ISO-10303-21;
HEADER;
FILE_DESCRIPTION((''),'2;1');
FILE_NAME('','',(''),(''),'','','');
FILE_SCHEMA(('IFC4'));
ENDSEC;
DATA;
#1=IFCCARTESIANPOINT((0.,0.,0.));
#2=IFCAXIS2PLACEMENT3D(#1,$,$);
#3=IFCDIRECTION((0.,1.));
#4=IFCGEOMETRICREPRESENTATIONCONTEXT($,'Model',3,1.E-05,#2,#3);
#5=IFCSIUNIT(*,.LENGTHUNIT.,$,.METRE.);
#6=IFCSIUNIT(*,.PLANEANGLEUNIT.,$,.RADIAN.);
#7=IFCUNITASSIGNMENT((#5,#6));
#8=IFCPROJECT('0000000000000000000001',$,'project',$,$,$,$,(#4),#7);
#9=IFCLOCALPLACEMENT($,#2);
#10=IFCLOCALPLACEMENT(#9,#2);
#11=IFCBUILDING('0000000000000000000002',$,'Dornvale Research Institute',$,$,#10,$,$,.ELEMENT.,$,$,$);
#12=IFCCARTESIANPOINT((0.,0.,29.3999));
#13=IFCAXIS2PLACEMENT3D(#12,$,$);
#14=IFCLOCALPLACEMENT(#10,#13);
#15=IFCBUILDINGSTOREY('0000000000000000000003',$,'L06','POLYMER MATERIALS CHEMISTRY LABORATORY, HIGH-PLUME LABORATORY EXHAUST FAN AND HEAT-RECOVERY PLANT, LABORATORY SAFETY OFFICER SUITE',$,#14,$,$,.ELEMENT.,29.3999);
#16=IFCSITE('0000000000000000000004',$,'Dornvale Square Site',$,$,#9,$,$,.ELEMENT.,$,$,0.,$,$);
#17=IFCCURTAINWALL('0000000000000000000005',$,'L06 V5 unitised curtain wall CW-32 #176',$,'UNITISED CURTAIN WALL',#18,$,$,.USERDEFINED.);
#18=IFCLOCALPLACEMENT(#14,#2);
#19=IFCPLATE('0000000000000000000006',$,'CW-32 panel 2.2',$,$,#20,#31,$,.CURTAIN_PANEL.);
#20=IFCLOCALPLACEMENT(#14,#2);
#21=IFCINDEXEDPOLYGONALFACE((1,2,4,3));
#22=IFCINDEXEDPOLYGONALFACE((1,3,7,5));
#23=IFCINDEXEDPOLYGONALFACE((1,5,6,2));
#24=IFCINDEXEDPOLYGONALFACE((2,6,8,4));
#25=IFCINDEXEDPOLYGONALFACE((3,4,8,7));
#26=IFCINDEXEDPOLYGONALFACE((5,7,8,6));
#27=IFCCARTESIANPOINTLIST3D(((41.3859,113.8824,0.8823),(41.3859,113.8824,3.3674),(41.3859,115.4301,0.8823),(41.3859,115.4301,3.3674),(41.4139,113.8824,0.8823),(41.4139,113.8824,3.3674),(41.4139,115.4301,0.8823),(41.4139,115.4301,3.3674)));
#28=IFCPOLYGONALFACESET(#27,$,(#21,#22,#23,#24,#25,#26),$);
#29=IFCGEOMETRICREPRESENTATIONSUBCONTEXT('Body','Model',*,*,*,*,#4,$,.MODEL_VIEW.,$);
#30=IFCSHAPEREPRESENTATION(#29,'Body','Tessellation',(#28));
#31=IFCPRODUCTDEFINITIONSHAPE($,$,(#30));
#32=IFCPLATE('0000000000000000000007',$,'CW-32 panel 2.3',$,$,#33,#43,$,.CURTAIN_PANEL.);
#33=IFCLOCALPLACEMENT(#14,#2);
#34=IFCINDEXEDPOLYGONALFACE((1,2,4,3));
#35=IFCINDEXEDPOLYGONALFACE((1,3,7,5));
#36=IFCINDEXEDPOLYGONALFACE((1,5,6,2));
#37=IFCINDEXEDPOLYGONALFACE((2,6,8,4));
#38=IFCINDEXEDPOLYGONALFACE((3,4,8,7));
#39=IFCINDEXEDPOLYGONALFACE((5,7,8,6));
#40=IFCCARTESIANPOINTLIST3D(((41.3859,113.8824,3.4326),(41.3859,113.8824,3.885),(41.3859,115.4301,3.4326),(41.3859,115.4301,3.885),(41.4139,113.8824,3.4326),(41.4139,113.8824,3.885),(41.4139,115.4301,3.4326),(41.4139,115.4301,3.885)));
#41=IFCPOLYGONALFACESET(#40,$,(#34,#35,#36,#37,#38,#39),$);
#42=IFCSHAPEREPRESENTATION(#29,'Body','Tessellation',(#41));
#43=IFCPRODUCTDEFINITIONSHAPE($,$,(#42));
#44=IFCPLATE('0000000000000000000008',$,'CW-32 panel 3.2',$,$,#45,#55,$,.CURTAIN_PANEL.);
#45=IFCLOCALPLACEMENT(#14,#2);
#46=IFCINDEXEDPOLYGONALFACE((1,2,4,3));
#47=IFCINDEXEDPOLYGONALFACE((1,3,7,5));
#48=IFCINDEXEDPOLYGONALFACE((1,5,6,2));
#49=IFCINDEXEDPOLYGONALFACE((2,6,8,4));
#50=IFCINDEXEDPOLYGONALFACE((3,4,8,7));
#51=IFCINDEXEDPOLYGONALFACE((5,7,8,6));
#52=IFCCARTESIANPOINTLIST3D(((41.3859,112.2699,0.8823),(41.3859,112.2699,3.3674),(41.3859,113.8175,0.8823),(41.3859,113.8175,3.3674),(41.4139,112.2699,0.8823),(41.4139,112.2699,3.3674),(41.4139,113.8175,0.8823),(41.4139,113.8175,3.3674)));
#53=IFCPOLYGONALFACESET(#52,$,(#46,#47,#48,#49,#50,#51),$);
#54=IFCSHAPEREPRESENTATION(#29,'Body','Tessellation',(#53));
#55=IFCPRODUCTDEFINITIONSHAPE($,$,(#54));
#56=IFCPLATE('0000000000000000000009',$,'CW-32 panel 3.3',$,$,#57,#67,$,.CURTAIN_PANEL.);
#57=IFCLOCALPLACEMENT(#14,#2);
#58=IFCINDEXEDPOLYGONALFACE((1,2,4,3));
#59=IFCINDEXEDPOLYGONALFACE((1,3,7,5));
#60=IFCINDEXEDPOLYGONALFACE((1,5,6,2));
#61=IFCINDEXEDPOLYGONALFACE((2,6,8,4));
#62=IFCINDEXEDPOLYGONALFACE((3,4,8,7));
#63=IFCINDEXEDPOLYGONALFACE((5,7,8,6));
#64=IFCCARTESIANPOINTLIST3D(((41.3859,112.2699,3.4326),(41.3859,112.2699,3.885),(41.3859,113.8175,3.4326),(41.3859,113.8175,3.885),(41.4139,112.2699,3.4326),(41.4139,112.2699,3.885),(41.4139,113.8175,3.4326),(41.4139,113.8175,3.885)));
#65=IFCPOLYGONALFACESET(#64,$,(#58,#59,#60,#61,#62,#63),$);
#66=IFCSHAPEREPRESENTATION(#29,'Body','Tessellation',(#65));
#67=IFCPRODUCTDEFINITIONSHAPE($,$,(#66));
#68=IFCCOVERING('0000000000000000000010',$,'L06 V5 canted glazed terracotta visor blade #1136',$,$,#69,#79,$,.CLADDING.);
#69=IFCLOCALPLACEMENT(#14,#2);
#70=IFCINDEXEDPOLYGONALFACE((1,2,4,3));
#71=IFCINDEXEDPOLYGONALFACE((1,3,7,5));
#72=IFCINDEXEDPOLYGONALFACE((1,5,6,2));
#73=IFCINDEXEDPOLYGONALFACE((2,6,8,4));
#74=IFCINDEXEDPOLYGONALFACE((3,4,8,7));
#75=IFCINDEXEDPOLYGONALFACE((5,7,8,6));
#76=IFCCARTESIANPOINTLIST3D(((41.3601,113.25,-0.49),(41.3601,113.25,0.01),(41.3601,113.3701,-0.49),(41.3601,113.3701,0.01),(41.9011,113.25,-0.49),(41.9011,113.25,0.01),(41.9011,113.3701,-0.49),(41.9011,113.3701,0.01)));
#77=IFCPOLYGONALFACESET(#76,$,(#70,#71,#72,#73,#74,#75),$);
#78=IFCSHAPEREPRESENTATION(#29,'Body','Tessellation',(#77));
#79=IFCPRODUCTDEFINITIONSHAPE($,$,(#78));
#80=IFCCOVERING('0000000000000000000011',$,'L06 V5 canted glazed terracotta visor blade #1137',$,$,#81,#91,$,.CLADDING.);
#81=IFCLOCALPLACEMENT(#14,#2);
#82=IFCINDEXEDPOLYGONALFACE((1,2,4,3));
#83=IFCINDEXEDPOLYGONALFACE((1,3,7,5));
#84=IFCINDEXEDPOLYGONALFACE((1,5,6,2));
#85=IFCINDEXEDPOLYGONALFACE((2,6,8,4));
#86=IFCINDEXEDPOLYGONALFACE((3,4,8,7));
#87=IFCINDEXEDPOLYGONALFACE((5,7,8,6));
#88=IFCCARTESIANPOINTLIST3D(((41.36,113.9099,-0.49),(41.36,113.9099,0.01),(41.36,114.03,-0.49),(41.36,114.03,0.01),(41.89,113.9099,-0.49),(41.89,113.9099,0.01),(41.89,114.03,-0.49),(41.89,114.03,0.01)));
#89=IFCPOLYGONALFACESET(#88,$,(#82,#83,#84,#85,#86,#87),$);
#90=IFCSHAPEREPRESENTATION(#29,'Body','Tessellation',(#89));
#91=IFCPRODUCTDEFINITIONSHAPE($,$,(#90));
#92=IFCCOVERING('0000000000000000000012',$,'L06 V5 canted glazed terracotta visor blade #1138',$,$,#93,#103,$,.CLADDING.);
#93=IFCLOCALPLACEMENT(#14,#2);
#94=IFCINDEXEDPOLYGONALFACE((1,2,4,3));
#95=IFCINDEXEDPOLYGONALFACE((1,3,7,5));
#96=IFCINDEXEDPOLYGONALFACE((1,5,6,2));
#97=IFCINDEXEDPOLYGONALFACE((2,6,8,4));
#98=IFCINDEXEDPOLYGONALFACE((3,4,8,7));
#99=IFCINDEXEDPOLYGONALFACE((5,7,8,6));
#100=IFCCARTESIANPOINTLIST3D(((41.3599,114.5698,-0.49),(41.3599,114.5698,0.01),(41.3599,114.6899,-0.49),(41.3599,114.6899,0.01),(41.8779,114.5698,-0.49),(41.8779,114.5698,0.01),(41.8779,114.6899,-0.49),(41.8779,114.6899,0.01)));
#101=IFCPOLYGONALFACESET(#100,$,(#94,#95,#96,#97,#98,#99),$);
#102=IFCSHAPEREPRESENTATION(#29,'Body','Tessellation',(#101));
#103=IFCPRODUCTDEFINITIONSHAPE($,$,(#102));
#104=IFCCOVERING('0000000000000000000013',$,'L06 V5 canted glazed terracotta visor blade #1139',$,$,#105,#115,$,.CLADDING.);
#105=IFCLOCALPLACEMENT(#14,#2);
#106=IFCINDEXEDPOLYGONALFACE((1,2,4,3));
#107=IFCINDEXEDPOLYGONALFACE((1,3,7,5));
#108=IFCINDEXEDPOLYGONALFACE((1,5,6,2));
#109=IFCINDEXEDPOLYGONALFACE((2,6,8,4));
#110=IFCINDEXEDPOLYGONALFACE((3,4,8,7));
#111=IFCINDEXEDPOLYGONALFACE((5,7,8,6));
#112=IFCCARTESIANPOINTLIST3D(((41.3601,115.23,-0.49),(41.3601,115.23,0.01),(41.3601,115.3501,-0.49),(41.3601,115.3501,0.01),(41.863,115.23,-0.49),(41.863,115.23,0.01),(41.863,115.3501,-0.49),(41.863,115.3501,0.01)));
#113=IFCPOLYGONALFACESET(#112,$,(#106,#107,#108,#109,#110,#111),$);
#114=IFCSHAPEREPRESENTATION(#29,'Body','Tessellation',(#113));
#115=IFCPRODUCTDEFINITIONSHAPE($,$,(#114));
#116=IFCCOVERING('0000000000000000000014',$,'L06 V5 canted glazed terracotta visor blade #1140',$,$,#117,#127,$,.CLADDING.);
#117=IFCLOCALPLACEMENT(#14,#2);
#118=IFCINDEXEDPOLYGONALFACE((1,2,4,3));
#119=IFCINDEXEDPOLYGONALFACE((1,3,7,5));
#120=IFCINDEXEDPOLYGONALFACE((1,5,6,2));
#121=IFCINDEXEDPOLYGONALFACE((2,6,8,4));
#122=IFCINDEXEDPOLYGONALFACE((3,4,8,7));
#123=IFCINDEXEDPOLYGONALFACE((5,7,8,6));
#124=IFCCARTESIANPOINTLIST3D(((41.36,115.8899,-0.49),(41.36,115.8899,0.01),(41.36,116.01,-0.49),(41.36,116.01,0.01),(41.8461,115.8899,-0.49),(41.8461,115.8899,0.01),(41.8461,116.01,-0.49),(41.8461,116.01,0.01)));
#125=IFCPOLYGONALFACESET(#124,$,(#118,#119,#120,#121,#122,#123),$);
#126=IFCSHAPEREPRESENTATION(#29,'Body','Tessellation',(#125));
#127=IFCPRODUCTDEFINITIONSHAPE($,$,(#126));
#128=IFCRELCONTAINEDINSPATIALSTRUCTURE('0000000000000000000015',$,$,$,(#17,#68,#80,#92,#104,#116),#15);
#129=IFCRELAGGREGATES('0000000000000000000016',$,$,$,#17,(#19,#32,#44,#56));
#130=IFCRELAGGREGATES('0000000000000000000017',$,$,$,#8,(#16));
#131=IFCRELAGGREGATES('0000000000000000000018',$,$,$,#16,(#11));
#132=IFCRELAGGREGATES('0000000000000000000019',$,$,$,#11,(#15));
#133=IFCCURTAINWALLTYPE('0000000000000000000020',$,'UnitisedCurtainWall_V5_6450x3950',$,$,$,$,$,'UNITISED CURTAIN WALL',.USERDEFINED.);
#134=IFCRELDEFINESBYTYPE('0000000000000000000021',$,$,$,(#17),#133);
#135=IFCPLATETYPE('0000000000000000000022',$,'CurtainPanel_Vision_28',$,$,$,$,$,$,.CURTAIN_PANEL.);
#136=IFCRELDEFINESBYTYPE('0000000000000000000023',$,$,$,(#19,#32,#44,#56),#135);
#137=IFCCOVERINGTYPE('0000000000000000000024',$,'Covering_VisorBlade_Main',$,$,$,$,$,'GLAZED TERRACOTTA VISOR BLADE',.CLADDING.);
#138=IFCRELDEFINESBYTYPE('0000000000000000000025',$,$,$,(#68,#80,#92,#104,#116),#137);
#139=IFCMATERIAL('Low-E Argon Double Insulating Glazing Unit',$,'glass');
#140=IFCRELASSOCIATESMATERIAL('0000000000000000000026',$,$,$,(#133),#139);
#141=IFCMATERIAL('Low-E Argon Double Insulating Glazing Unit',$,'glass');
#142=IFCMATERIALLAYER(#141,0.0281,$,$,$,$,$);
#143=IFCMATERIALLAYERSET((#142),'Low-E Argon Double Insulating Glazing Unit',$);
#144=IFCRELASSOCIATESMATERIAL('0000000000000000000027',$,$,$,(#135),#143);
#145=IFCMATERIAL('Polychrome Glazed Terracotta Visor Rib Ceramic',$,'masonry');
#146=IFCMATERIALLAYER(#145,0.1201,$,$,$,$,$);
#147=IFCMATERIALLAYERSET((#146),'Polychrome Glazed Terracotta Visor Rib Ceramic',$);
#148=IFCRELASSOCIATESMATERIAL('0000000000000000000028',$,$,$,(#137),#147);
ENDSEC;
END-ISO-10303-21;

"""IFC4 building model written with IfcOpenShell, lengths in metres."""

from ifc_helpers import new_model, si_unit, direction, frame, origin, origin_2d, place, context, subcontext, project, spatial, rectangle, extrude, material, layer, layer_set, type_object, element, aggregate, save


model = new_model("IFC4")

# Units and contexts
model_context = context("Model", 3, precision=1e-05, world=origin(), true_north=direction((0.0, 1.0)))
body_context = subcontext(model_context, "Body", "Model", "MODEL_VIEW")
ifc_project = project(units=[si_unit("LENGTHUNIT", "METRE"), si_unit("PLANEANGLEUNIT", "RADIAN")], contexts=[model_context])

# Site, building, storey
site_placement = place(None, origin())
site = spatial("IfcSite", under=ifc_project, at=site_placement, Name="Dornvale Square Site", CompositionType="ELEMENT", RefElevation=0.0)
building_placement = place(site_placement, origin())
building = spatial("IfcBuilding", under=site, at=building_placement, Name="Dornvale Research Institute", CompositionType="ELEMENT")
storey_placement = place(building_placement, frame((0.0, 0.0, 29.3999)))
storey = spatial("IfcBuildingStorey", under=building, at=storey_placement, Name="L06", Description="POLYMER MATERIALS CHEMISTRY LABORATORY, HIGH-PLUME LABORATORY EXHAUST FAN AND HEAT-RECOVERY PLANT, LABORATORY SAFETY OFFICER SUITE", CompositionType="ELEMENT", Elevation=29.3999)

# Curtain wall, plates
ifc_material_1 = material(Name="Low-E Argon Double Insulating Glazing Unit", Category="glass")
curtain_wall_type = type_object("IfcCurtainWallType", Name="UnitisedCurtainWall_V5_6450x3950", ElementType="UNITISED CURTAIN WALL", PredefinedType="USERDEFINED", material=ifc_material_1)
curtain_wall_placement = place(storey_placement, origin())
curtain_wall = element("IfcCurtainWall", 1, at=curtain_wall_placement, inside=storey, type_object=curtain_wall_type, Name="L06 V5 unitised curtain wall CW-32 #176", ObjectType="UNITISED CURTAIN WALL", PredefinedType="USERDEFINED")
ifc_material_2 = material(Name="Low-E Argon Double Insulating Glazing Unit", Category="glass")
ifc_layer_1 = layer(ifc_material_2, 0.0281)
ifc_layer_set_1 = layer_set([ifc_layer_1], Name="Low-E Argon Double Insulating Glazing Unit")
plate_type_1 = type_object("IfcPlateType", Name="CurtainPanel_Vision_28", PredefinedType="CURTAIN_PANEL", material=ifc_layer_set_1)
plate_1_placement = place(storey_placement, frame((41.3999, 114.6562, 0.8823), z_axis=(0.0, 0.0, 1.0), x_axis=(0.0, -1.0, 0.0)))
plate_1 = element("IfcPlate", 2, at=plate_1_placement, type_object=plate_type_1, Name="CW-32 panel 2.2", PredefinedType="CURTAIN_PANEL", context=body_context, shape_type="SweptSolid", body=[
    extrude(rectangle(XDim=1.5476, YDim=0.0281, at=origin_2d()), origin(), (0.0, 0.0, 1.0), 2.4851),
])
plate_2_placement = place(storey_placement, frame((41.3999, 114.6562, 3.4326), z_axis=(0.0, 0.0, 1.0), x_axis=(0.0, -1.0, 0.0)))
plate_2 = element("IfcPlate", 3, at=plate_2_placement, type_object=plate_type_1, Name="CW-32 panel 2.3", PredefinedType="CURTAIN_PANEL", context=body_context, shape_type="SweptSolid", body=[
    extrude(rectangle(XDim=1.5476, YDim=0.0281, at=origin_2d()), origin(), (0.0, 0.0, 1.0), 0.4524),
])
plate_3_placement = place(storey_placement, frame((41.3999, 113.0437, 0.8823), z_axis=(0.0, 0.0, 1.0), x_axis=(0.0, -1.0, 0.0)))
plate_3 = element("IfcPlate", 4, at=plate_3_placement, type_object=plate_type_1, Name="CW-32 panel 3.2", PredefinedType="CURTAIN_PANEL", context=body_context, shape_type="SweptSolid", body=[
    extrude(rectangle(XDim=1.5476, YDim=0.0281, at=origin_2d()), origin(), (0.0, 0.0, 1.0), 2.4851),
])
plate_4_placement = place(storey_placement, frame((41.3999, 113.0437, 3.4326), z_axis=(0.0, 0.0, 1.0), x_axis=(0.0, -1.0, 0.0)))
plate_4 = element("IfcPlate", 5, at=plate_4_placement, type_object=plate_type_1, Name="CW-32 panel 3.3", PredefinedType="CURTAIN_PANEL", context=body_context, shape_type="SweptSolid", body=[
    extrude(rectangle(XDim=1.5476, YDim=0.0281, at=origin_2d()), origin(), (0.0, 0.0, 1.0), 0.4524),
])
aggregate(curtain_wall, [plate_1, plate_2, plate_3, plate_4])

# Coverings
ifc_material_3 = material(Name="Polychrome Glazed Terracotta Visor Rib Ceramic", Category="masonry")
ifc_layer_2 = layer(ifc_material_3, 0.1201)
ifc_layer_set_2 = layer_set([ifc_layer_2], Name="Polychrome Glazed Terracotta Visor Rib Ceramic")
covering_type = type_object("IfcCoveringType", Name="Covering_VisorBlade_Main", ElementType="GLAZED TERRACOTTA VISOR BLADE", PredefinedType="CLADDING", material=ifc_layer_set_2)
covering_1_placement = place(storey_placement, frame((41.6306, 113.3101, -0.49), z_axis=(0.0, 0.0, 1.0), x_axis=(1.0, 0.0, 0.0)))
element("IfcCovering", 6, at=covering_1_placement, inside=storey, type_object=covering_type, Name="L06 V5 canted glazed terracotta visor blade #1136", PredefinedType="CLADDING", context=body_context, shape_type="SweptSolid", body=[
    extrude(rectangle(XDim=0.541, YDim=0.1201, at=origin_2d()), origin(), (0.0, 0.0, 1.0), 0.5),
])
covering_2_placement = place(storey_placement, frame((41.625, 113.97, -0.49), z_axis=(0.0, 0.0, 1.0), x_axis=(1.0, 0.0, 0.0)))
element("IfcCovering", 7, at=covering_2_placement, inside=storey, type_object=covering_type, Name="L06 V5 canted glazed terracotta visor blade #1137", PredefinedType="CLADDING", context=body_context, shape_type="SweptSolid", body=[
    extrude(rectangle(XDim=0.53, YDim=0.1201, at=origin_2d()), origin(), (0.0, 0.0, 1.0), 0.5),
])
covering_3_placement = place(storey_placement, frame((41.6189, 114.6299, -0.49), z_axis=(0.0, 0.0, 1.0), x_axis=(1.0, 0.0, 0.0)))
element("IfcCovering", 8, at=covering_3_placement, inside=storey, type_object=covering_type, Name="L06 V5 canted glazed terracotta visor blade #1138", PredefinedType="CLADDING", context=body_context, shape_type="SweptSolid", body=[
    extrude(rectangle(XDim=0.5181, YDim=0.1201, at=origin_2d()), origin(), (0.0, 0.0, 1.0), 0.5),
])
covering_4_placement = place(storey_placement, frame((41.6116, 115.29, -0.49), z_axis=(0.0, 0.0, 1.0), x_axis=(1.0, 0.0, 0.0)))
element("IfcCovering", 9, at=covering_4_placement, inside=storey, type_object=covering_type, Name="L06 V5 canted glazed terracotta visor blade #1139", PredefinedType="CLADDING", context=body_context, shape_type="SweptSolid", body=[
    extrude(rectangle(XDim=0.5029, YDim=0.1201, at=origin_2d()), origin(), (0.0, 0.0, 1.0), 0.5),
])
covering_5_placement = place(storey_placement, frame((41.603, 115.95, -0.49), z_axis=(0.0, 0.0, 1.0), x_axis=(1.0, 0.0, 0.0)))
element("IfcCovering", 10, at=covering_5_placement, inside=storey, type_object=covering_type, Name="L06 V5 canted glazed terracotta visor blade #1140", PredefinedType="CLADDING", context=body_context, shape_type="SweptSolid", body=[
    extrude(rectangle(XDim=0.4861, YDim=0.1201, at=origin_2d()), origin(), (0.0, 0.0, 1.0), 0.5),
])

save(model, "model.ifc")
